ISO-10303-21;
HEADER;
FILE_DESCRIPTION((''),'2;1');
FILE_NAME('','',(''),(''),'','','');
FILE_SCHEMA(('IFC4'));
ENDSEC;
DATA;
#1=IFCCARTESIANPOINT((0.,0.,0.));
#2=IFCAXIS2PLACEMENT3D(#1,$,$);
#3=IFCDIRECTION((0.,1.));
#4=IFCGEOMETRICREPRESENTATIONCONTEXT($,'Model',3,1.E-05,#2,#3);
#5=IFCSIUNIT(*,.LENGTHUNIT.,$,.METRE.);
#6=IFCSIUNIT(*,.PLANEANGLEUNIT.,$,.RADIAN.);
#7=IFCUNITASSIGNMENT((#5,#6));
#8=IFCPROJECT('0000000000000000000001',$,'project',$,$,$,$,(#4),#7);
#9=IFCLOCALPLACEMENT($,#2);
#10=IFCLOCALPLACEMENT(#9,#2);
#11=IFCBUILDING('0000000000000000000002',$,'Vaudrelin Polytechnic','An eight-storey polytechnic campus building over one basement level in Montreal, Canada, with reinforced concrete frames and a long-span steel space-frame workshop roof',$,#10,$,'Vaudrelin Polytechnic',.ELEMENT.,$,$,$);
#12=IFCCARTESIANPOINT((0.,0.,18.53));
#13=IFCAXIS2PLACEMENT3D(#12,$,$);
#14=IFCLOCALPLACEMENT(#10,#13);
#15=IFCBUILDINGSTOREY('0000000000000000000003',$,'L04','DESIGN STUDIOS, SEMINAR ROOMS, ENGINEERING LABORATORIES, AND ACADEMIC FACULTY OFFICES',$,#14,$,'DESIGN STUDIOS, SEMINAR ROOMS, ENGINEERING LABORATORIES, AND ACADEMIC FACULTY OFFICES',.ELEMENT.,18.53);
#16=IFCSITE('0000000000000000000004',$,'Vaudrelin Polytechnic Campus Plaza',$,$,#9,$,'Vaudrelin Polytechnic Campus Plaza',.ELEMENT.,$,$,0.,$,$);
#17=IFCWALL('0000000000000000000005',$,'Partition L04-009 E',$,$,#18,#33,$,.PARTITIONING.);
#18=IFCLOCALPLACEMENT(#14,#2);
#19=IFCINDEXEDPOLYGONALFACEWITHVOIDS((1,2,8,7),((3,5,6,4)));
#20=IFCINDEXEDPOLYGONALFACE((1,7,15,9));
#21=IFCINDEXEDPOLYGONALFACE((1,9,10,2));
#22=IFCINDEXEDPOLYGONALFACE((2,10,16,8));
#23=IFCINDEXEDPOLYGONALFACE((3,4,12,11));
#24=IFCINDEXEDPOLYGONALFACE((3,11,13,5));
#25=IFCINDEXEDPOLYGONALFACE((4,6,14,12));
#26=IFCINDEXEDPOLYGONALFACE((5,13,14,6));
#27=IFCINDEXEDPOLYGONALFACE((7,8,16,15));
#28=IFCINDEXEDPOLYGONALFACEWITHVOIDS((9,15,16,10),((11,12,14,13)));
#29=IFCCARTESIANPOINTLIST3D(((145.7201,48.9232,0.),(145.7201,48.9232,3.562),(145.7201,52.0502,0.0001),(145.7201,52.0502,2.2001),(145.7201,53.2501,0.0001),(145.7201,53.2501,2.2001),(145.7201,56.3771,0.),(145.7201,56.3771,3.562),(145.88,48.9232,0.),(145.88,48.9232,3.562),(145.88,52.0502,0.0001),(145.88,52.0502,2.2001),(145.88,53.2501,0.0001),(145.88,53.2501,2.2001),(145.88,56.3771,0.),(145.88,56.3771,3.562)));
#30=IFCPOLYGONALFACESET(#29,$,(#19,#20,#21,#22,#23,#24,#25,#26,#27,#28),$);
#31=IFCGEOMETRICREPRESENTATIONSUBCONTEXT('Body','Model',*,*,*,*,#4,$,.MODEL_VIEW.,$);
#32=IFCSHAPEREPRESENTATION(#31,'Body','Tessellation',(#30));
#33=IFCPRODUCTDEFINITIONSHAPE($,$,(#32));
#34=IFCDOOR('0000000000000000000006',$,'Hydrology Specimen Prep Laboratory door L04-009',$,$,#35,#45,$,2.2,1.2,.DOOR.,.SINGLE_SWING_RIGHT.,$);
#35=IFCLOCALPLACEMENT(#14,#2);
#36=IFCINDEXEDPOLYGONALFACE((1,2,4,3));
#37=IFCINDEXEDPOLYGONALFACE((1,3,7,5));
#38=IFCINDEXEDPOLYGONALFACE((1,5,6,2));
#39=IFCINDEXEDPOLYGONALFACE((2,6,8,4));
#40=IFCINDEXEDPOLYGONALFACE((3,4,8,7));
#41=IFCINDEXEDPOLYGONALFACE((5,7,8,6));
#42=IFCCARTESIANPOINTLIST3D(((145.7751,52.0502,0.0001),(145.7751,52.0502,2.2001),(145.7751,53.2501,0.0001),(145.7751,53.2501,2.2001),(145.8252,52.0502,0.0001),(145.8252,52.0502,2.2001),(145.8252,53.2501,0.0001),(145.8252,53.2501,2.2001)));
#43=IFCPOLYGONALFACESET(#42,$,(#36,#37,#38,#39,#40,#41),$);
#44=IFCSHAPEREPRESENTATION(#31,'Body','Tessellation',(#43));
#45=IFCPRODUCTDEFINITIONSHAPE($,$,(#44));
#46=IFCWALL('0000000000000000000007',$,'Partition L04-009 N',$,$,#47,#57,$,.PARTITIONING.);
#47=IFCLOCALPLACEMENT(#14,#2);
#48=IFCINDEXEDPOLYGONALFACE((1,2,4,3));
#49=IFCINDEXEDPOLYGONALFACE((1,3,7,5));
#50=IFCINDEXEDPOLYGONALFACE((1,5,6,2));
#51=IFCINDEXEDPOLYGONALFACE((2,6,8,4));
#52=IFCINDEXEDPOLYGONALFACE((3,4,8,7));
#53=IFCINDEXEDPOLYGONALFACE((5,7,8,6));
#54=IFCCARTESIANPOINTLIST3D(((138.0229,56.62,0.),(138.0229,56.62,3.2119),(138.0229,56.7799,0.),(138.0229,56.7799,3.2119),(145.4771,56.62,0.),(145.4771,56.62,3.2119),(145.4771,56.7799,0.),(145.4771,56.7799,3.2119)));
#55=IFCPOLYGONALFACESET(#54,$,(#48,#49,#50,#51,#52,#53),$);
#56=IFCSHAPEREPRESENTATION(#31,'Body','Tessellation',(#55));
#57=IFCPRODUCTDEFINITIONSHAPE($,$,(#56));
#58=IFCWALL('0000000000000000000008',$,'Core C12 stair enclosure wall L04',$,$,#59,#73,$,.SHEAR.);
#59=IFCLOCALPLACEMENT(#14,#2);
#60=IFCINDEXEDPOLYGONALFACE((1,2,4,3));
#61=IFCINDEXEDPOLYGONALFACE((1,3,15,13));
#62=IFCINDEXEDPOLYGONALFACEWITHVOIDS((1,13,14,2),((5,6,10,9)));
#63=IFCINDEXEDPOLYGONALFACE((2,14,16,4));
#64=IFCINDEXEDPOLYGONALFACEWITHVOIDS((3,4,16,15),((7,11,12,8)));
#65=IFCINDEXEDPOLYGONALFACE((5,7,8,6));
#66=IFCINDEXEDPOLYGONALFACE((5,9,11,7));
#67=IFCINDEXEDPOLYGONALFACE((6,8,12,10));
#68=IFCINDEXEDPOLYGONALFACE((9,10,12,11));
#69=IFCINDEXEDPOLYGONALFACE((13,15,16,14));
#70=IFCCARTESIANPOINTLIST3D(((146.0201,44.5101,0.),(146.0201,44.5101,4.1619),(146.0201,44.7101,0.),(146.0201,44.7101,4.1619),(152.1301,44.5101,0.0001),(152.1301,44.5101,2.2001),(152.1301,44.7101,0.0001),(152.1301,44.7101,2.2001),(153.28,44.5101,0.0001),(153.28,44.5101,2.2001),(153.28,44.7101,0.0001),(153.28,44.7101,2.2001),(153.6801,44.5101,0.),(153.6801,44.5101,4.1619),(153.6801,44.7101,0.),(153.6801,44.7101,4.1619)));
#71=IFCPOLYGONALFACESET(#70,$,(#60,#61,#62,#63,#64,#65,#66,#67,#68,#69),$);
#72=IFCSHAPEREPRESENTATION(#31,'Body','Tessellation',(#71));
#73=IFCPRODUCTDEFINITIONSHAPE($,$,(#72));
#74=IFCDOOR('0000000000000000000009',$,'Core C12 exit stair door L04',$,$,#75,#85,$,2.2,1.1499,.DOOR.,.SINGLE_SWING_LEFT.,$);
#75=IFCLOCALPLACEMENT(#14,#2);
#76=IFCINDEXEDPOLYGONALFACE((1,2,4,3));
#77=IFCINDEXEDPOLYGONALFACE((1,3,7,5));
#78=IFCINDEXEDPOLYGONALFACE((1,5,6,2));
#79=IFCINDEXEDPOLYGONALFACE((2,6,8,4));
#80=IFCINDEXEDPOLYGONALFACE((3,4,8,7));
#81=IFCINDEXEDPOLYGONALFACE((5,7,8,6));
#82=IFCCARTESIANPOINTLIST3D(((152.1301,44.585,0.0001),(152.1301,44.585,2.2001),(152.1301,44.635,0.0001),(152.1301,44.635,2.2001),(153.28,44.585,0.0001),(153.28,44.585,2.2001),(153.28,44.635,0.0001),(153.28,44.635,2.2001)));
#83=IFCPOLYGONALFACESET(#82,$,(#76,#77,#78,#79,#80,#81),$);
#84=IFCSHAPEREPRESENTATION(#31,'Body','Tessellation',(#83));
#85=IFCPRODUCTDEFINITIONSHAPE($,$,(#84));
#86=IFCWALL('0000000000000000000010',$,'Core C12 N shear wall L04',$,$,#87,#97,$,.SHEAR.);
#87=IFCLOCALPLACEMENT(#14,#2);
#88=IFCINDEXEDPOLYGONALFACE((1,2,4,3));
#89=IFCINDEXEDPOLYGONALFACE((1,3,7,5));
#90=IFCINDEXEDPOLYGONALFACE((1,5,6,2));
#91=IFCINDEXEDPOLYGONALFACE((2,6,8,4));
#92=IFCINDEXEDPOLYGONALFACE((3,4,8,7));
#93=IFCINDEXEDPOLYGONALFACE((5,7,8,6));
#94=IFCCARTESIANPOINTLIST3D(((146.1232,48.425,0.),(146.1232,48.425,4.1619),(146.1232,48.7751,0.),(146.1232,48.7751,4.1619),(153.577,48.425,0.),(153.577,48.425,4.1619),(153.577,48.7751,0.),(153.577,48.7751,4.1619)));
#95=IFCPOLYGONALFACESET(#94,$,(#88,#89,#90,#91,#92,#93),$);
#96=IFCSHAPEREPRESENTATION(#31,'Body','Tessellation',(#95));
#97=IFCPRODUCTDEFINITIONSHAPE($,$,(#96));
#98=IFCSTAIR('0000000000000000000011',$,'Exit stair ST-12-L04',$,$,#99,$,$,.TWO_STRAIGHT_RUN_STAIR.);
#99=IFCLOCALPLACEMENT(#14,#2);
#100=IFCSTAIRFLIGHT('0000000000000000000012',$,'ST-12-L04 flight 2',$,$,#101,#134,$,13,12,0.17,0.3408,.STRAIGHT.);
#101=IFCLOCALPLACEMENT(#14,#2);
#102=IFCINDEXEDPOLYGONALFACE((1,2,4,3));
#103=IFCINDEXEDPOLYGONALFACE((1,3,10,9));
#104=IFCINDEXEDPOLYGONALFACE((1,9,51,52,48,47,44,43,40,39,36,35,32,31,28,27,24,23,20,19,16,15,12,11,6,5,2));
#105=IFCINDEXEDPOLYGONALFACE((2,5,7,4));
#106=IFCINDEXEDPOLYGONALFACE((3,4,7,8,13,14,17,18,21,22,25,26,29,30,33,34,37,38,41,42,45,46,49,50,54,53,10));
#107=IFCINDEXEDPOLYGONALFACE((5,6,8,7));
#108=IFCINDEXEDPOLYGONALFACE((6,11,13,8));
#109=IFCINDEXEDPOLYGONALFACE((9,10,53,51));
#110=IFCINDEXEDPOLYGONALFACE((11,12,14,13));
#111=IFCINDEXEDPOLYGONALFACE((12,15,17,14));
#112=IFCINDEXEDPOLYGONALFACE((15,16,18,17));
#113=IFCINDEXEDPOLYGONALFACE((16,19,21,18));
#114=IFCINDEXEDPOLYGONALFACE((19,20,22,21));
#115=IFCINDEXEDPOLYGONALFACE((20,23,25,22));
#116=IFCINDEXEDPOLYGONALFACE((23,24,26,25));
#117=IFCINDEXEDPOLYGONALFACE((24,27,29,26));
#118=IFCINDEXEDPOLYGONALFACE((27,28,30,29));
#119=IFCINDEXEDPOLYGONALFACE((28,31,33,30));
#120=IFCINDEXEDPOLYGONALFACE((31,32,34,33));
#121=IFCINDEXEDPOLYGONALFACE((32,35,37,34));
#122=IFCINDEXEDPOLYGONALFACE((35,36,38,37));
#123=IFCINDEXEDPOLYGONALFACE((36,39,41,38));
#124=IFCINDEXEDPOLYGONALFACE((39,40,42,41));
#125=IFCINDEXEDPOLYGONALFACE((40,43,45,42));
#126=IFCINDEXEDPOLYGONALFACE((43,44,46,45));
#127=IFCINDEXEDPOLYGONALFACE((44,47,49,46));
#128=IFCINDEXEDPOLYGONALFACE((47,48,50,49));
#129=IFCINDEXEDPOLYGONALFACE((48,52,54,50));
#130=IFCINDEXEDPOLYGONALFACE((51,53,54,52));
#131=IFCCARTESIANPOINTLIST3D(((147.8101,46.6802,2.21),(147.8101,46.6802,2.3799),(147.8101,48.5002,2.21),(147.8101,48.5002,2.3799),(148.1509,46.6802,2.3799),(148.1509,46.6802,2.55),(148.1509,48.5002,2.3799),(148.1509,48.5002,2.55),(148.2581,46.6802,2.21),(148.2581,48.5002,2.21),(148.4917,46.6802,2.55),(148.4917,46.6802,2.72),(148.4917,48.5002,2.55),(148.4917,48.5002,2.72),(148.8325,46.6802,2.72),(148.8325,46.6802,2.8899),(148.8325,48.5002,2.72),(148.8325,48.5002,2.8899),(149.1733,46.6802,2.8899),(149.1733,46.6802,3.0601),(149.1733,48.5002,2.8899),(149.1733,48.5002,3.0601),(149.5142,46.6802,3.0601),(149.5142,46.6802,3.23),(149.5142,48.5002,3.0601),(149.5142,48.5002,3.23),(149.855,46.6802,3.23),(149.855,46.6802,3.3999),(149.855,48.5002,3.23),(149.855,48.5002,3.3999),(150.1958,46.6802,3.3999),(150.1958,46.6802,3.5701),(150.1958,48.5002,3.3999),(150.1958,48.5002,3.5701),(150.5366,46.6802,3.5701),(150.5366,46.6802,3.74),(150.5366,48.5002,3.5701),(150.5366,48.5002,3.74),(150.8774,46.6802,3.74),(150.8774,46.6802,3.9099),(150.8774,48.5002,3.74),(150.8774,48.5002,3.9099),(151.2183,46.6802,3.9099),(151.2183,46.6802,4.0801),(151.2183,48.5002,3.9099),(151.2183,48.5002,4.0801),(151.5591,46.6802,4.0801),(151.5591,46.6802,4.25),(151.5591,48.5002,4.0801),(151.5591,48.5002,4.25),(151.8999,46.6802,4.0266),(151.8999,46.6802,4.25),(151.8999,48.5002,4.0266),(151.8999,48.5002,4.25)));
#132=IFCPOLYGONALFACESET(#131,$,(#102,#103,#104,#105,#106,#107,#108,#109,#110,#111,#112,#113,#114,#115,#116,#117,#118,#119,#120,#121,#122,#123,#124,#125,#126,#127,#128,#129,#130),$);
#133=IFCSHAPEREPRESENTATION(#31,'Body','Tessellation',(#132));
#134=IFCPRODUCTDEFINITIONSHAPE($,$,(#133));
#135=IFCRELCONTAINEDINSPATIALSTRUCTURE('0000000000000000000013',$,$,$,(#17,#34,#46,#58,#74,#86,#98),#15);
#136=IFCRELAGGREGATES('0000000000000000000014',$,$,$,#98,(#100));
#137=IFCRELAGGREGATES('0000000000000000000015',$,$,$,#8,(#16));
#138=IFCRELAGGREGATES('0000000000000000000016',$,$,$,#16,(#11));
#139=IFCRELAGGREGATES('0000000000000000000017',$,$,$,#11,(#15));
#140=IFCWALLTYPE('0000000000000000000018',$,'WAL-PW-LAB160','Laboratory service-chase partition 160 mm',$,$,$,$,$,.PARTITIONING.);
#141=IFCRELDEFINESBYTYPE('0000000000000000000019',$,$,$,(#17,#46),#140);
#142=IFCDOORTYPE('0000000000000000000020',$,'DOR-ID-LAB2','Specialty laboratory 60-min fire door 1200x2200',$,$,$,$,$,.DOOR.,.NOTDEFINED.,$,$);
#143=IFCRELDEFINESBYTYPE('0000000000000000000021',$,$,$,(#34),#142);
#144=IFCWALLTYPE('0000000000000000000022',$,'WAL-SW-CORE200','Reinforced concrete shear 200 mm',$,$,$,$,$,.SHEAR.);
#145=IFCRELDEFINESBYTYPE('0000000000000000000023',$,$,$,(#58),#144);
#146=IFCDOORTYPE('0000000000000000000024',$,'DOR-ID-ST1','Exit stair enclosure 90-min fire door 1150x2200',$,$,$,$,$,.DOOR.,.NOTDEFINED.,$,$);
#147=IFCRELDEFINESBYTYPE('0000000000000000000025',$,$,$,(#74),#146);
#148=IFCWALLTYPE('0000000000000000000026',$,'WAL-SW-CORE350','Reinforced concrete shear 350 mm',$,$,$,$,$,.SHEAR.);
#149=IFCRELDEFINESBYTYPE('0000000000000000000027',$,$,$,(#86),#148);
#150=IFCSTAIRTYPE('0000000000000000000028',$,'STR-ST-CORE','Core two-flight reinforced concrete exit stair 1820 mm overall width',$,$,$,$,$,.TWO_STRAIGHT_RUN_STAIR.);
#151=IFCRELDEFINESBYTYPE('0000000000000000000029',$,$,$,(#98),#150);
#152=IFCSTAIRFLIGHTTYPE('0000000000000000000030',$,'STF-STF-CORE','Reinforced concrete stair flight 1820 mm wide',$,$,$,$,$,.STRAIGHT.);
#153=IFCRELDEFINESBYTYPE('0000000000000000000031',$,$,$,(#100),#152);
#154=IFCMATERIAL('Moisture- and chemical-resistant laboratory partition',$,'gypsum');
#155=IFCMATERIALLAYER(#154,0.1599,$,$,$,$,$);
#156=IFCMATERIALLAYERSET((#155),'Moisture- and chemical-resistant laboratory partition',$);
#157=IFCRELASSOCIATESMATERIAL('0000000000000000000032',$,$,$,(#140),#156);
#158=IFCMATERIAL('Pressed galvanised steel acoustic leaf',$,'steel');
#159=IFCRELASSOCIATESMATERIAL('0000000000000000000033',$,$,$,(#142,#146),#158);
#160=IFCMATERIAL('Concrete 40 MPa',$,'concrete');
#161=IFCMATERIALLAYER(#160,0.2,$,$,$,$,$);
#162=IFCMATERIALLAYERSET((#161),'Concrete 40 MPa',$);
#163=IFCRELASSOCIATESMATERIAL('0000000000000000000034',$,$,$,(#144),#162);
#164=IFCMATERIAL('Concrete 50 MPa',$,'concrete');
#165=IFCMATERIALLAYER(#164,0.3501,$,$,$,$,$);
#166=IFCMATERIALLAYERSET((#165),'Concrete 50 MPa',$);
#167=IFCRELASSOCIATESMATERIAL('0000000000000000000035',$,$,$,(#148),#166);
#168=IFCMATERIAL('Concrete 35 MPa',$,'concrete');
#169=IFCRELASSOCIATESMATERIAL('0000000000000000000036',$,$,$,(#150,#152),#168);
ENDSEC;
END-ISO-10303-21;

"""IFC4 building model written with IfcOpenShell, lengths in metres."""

from ifc_helpers import new_model, si_unit, direction, frame, frame_2d, origin, place, context, subcontext, project, spatial, polyline, rectangle, outline, extrude, material, layer, layer_set, type_object, element, fill, aggregate, save


model = new_model("IFC4")

# Units and contexts
model_context = context("Model", 3, precision=1e-05, world=origin(), true_north=direction((0.0, 1.0)))
body_context = subcontext(model_context, "Body", "Model", "MODEL_VIEW")
ifc_project = project(units=[si_unit("LENGTHUNIT", "METRE"), si_unit("PLANEANGLEUNIT", "RADIAN")], contexts=[model_context])

# Site, building, storey
site_placement = place(None, origin())
site = spatial("IfcSite", under=ifc_project, at=site_placement, Name="Vaudrelin Polytechnic Campus Plaza", LongName="Vaudrelin Polytechnic Campus Plaza", CompositionType="ELEMENT", RefElevation=0.0)
building_placement = place(site_placement, origin())
building = spatial("IfcBuilding", under=site, at=building_placement, Name="Vaudrelin Polytechnic", Description="An eight-storey polytechnic campus building over one basement level in Montreal, Canada, with reinforced concrete frames and a long-span steel space-frame workshop roof", LongName="Vaudrelin Polytechnic", CompositionType="ELEMENT")
storey_placement = place(building_placement, frame((0.0, 0.0, 18.53)))
storey = spatial("IfcBuildingStorey", under=building, at=storey_placement, Name="L04", Description="DESIGN STUDIOS, SEMINAR ROOMS, ENGINEERING LABORATORIES, AND ACADEMIC FACULTY OFFICES", LongName="DESIGN STUDIOS, SEMINAR ROOMS, ENGINEERING LABORATORIES, AND ACADEMIC FACULTY OFFICES", CompositionType="ELEMENT", Elevation=18.53)

# Shared definitions
ifc_material_1 = material(Name="Concrete 40 MPa", Category="concrete")

# Shared definitions
ifc_material_2 = material(Name="Concrete 50 MPa", Category="concrete")

# Wall, opening, door
ifc_material_3 = material(Name="Moisture- and chemical-resistant laboratory partition", Category="gypsum")
ifc_layer_1 = layer(ifc_material_3, 0.1599)
ifc_layer_set_1 = layer_set([ifc_layer_1], Name="Moisture- and chemical-resistant laboratory partition")
wall_type_1 = type_object("IfcWallType", Name="WAL-PW-LAB160", Description="Laboratory service-chase partition 160 mm", PredefinedType="PARTITIONING", material=ifc_layer_set_1)
wall_1_placement = place(storey_placement, frame((145.8, 48.9231, 0.0), z_axis=(0.0, 0.0, 1.0), x_axis=(0.0, 1.0, 0.0)))
wall_1 = element("IfcWall", 1, at=wall_1_placement, inside=storey, type_object=wall_type_1, Name="Partition L04-009 E", PredefinedType="PARTITIONING", context=body_context, shape_type="SweptSolid", body=[
    extrude(rectangle(XDim=7.4539, YDim=0.1599, at=frame_2d((3.7271, 0.0))), origin(), (0.0, 0.0, 1.0), 3.562),
])
opening_1_placement = place(wall_1_placement, frame((3.127, 0.0, 0.0)))
opening_1 = element("IfcOpeningElement", 2, at=opening_1_placement, cuts=wall_1, PredefinedType="OPENING", context=body_context, shape_type="SweptSolid", body=[
    extrude(rectangle(XDim=1.2, YDim=2.2, at=frame_2d((0.6001, 1.1001))), frame((0.0, 0.0898, 0.0), z_axis=(0.0, -1.0, 0.0), x_axis=(1.0, 0.0, 0.0)), (0.0, 0.0, 1.0), 0.1799),
])
ifc_material_4 = material(Name="Pressed galvanised steel acoustic leaf", Category="steel")
door_type_1 = type_object("IfcDoorType", Name="DOR-ID-LAB2", Description="Specialty laboratory 60-min fire door 1200x2200", OperationType="NOTDEFINED", PredefinedType="DOOR", material=ifc_material_4)
door_1_placement = place(opening_1_placement, origin())
door_1 = element("IfcDoor", 3, at=door_1_placement, inside=storey, type_object=door_type_1, Name="Hydrology Specimen Prep Laboratory door L04-009", OperationType="SINGLE_SWING_RIGHT", OverallHeight=2.2, OverallWidth=1.2, PredefinedType="DOOR", context=body_context, shape_type="SweptSolid", body=[
    extrude(rectangle(XDim=1.2, YDim=2.2, at=frame_2d((0.6001, 1.1001))), frame((0.0, 0.0249, 0.0), z_axis=(0.0, -1.0, 0.0), x_axis=(1.0, 0.0, 0.0)), (0.0, 0.0, 1.0), 0.05),
])
fill(opening_1, door_1)

# Wall
wall_2_placement = place(storey_placement, frame((138.0229, 56.7, 0.0), z_axis=(0.0, 0.0, 1.0), x_axis=(1.0, 0.0, 0.0)))
element("IfcWall", 4, at=wall_2_placement, inside=storey, type_object=wall_type_1, Name="Partition L04-009 N", PredefinedType="PARTITIONING", context=body_context, shape_type="SweptSolid", body=[
    extrude(rectangle(XDim=7.4541, YDim=0.1599, at=frame_2d((3.7271, 0.0))), origin(), (0.0, 0.0, 1.0), 3.2119),
])

# Wall, opening, door
ifc_layer_2 = layer(ifc_material_1, 0.2)
ifc_layer_set_2 = layer_set([ifc_layer_2], Name="Concrete 40 MPa")
wall_type_2 = type_object("IfcWallType", Name="WAL-SW-CORE200", Description="Reinforced concrete shear 200 mm", PredefinedType="SHEAR", material=ifc_layer_set_2)
wall_3_placement = place(storey_placement, frame((146.02, 44.6101, 0.0), z_axis=(0.0, 0.0, 1.0), x_axis=(1.0, 0.0, 0.0)))
wall_3 = element("IfcWall", 5, at=wall_3_placement, inside=storey, type_object=wall_type_2, Name="Core C12 stair enclosure wall L04", PredefinedType="SHEAR", context=body_context, shape_type="SweptSolid", body=[
    extrude(rectangle(XDim=7.6599, YDim=0.2, at=frame_2d((3.8301, 0.0))), origin(), (0.0, 0.0, 1.0), 4.1619),
])
opening_2_placement = place(wall_3_placement, frame((6.1101, 0.0, 0.0)))
opening_2 = element("IfcOpeningElement", 6, at=opening_2_placement, cuts=wall_3, PredefinedType="OPENING", context=body_context, shape_type="SweptSolid", body=[
    extrude(rectangle(XDim=1.1499, YDim=2.2, at=frame_2d((0.575, 1.1001))), frame((0.0, 0.1099, 0.0), z_axis=(0.0, -1.0, 0.0), x_axis=(1.0, 0.0, 0.0)), (0.0, 0.0, 1.0), 0.22),
])
door_type_2 = type_object("IfcDoorType", Name="DOR-ID-ST1", Description="Exit stair enclosure 90-min fire door 1150x2200", OperationType="NOTDEFINED", PredefinedType="DOOR", material=ifc_material_4)
door_2_placement = place(opening_2_placement, origin())
door_2 = element("IfcDoor", 7, at=door_2_placement, inside=storey, type_object=door_type_2, Name="Core C12 exit stair door L04", OperationType="SINGLE_SWING_LEFT", OverallHeight=2.2, OverallWidth=1.1499, PredefinedType="DOOR", context=body_context, shape_type="SweptSolid", body=[
    extrude(rectangle(XDim=1.1499, YDim=2.2, at=frame_2d((0.575, 1.1001))), frame((0.0, 0.0249, 0.0), z_axis=(0.0, -1.0, 0.0), x_axis=(1.0, 0.0, 0.0)), (0.0, 0.0, 1.0), 0.05),
])
fill(opening_2, door_2)

# Wall
ifc_layer_3 = layer(ifc_material_2, 0.3501)
ifc_layer_set_3 = layer_set([ifc_layer_3], Name="Concrete 50 MPa")
wall_type_3 = type_object("IfcWallType", Name="WAL-SW-CORE350", Description="Reinforced concrete shear 350 mm", PredefinedType="SHEAR", material=ifc_layer_set_3)
wall_4_placement = place(storey_placement, frame((146.123, 48.6001, 0.0), z_axis=(0.0, 0.0, 1.0), x_axis=(1.0, 0.0, 0.0)))
element("IfcWall", 8, at=wall_4_placement, inside=storey, type_object=wall_type_3, Name="Core C12 N shear wall L04", PredefinedType="SHEAR", context=body_context, shape_type="SweptSolid", body=[
    extrude(rectangle(XDim=7.4539, YDim=0.3501, at=frame_2d((3.7271, 0.0))), origin(), (0.0, 0.0, 1.0), 4.1619),
])

# Stair, stair flight
ifc_material_5 = material(Name="Concrete 35 MPa", Category="concrete")
stair_type = type_object("IfcStairType", Name="STR-ST-CORE", Description="Core two-flight reinforced concrete exit stair 1820 mm overall width", PredefinedType="TWO_STRAIGHT_RUN_STAIR", material=ifc_material_5)
stair_placement = place(storey_placement, origin())
stair = element("IfcStair", 9, at=stair_placement, inside=storey, type_object=stair_type, Name="Exit stair ST-12-L04", PredefinedType="TWO_STRAIGHT_RUN_STAIR")
stair_flight_type = type_object("IfcStairFlightType", Name="STF-STF-CORE", Description="Reinforced concrete stair flight 1820 mm wide", PredefinedType="STRAIGHT", material=ifc_material_5)
stair_flight_placement = place(storey_placement, frame((147.8101, 47.5901, 2.21), z_axis=(0.0, 0.0, 1.0), x_axis=(1.0, 0.0, 0.0)))
stair_flight = element("IfcStairFlight", 10, at=stair_flight_placement, type_object=stair_flight_type, Name="ST-12-L04 flight 2", NumberOfRisers=13, NumberOfTreads=12, PredefinedType="STRAIGHT", RiserHeight=0.17, TreadLength=0.3408, context=body_context, shape_type="SweptSolid", body=[
    extrude(outline(polyline([(0.0, 0.0), (0.0, 0.1699), (0.3408, 0.1699), (0.3408, 0.3401), (0.6816, 0.3401), (0.6816, 0.51), (1.0225, 0.51), (1.0225, 0.6799), (1.3633, 0.6799), (1.3633, 0.8501), (1.7041, 0.8501), (1.7041, 1.02), (2.0449, 1.02), (2.0449, 1.1899), (2.3857, 1.1899), (2.3857, 1.3601), (2.7266, 1.3601), (2.7266, 1.53), (3.0674, 1.53), (3.0674, 1.7), (3.4082, 1.7), (3.4082, 1.8701), (3.749, 1.8701), (3.749, 2.04), (4.0898, 2.04), (4.0898, 2.21), (4.0898, 1.8167), (0.448, 0.0), (0.0, 0.0)])), frame((0.0, 0.9102, 0.0), z_axis=(0.0, -1.0, 0.0), x_axis=(1.0, 0.0, 0.0)), (0.0, 0.0, 1.0), 1.8201),
])
aggregate(stair, [stair_flight])

save(model, "model.ifc")
